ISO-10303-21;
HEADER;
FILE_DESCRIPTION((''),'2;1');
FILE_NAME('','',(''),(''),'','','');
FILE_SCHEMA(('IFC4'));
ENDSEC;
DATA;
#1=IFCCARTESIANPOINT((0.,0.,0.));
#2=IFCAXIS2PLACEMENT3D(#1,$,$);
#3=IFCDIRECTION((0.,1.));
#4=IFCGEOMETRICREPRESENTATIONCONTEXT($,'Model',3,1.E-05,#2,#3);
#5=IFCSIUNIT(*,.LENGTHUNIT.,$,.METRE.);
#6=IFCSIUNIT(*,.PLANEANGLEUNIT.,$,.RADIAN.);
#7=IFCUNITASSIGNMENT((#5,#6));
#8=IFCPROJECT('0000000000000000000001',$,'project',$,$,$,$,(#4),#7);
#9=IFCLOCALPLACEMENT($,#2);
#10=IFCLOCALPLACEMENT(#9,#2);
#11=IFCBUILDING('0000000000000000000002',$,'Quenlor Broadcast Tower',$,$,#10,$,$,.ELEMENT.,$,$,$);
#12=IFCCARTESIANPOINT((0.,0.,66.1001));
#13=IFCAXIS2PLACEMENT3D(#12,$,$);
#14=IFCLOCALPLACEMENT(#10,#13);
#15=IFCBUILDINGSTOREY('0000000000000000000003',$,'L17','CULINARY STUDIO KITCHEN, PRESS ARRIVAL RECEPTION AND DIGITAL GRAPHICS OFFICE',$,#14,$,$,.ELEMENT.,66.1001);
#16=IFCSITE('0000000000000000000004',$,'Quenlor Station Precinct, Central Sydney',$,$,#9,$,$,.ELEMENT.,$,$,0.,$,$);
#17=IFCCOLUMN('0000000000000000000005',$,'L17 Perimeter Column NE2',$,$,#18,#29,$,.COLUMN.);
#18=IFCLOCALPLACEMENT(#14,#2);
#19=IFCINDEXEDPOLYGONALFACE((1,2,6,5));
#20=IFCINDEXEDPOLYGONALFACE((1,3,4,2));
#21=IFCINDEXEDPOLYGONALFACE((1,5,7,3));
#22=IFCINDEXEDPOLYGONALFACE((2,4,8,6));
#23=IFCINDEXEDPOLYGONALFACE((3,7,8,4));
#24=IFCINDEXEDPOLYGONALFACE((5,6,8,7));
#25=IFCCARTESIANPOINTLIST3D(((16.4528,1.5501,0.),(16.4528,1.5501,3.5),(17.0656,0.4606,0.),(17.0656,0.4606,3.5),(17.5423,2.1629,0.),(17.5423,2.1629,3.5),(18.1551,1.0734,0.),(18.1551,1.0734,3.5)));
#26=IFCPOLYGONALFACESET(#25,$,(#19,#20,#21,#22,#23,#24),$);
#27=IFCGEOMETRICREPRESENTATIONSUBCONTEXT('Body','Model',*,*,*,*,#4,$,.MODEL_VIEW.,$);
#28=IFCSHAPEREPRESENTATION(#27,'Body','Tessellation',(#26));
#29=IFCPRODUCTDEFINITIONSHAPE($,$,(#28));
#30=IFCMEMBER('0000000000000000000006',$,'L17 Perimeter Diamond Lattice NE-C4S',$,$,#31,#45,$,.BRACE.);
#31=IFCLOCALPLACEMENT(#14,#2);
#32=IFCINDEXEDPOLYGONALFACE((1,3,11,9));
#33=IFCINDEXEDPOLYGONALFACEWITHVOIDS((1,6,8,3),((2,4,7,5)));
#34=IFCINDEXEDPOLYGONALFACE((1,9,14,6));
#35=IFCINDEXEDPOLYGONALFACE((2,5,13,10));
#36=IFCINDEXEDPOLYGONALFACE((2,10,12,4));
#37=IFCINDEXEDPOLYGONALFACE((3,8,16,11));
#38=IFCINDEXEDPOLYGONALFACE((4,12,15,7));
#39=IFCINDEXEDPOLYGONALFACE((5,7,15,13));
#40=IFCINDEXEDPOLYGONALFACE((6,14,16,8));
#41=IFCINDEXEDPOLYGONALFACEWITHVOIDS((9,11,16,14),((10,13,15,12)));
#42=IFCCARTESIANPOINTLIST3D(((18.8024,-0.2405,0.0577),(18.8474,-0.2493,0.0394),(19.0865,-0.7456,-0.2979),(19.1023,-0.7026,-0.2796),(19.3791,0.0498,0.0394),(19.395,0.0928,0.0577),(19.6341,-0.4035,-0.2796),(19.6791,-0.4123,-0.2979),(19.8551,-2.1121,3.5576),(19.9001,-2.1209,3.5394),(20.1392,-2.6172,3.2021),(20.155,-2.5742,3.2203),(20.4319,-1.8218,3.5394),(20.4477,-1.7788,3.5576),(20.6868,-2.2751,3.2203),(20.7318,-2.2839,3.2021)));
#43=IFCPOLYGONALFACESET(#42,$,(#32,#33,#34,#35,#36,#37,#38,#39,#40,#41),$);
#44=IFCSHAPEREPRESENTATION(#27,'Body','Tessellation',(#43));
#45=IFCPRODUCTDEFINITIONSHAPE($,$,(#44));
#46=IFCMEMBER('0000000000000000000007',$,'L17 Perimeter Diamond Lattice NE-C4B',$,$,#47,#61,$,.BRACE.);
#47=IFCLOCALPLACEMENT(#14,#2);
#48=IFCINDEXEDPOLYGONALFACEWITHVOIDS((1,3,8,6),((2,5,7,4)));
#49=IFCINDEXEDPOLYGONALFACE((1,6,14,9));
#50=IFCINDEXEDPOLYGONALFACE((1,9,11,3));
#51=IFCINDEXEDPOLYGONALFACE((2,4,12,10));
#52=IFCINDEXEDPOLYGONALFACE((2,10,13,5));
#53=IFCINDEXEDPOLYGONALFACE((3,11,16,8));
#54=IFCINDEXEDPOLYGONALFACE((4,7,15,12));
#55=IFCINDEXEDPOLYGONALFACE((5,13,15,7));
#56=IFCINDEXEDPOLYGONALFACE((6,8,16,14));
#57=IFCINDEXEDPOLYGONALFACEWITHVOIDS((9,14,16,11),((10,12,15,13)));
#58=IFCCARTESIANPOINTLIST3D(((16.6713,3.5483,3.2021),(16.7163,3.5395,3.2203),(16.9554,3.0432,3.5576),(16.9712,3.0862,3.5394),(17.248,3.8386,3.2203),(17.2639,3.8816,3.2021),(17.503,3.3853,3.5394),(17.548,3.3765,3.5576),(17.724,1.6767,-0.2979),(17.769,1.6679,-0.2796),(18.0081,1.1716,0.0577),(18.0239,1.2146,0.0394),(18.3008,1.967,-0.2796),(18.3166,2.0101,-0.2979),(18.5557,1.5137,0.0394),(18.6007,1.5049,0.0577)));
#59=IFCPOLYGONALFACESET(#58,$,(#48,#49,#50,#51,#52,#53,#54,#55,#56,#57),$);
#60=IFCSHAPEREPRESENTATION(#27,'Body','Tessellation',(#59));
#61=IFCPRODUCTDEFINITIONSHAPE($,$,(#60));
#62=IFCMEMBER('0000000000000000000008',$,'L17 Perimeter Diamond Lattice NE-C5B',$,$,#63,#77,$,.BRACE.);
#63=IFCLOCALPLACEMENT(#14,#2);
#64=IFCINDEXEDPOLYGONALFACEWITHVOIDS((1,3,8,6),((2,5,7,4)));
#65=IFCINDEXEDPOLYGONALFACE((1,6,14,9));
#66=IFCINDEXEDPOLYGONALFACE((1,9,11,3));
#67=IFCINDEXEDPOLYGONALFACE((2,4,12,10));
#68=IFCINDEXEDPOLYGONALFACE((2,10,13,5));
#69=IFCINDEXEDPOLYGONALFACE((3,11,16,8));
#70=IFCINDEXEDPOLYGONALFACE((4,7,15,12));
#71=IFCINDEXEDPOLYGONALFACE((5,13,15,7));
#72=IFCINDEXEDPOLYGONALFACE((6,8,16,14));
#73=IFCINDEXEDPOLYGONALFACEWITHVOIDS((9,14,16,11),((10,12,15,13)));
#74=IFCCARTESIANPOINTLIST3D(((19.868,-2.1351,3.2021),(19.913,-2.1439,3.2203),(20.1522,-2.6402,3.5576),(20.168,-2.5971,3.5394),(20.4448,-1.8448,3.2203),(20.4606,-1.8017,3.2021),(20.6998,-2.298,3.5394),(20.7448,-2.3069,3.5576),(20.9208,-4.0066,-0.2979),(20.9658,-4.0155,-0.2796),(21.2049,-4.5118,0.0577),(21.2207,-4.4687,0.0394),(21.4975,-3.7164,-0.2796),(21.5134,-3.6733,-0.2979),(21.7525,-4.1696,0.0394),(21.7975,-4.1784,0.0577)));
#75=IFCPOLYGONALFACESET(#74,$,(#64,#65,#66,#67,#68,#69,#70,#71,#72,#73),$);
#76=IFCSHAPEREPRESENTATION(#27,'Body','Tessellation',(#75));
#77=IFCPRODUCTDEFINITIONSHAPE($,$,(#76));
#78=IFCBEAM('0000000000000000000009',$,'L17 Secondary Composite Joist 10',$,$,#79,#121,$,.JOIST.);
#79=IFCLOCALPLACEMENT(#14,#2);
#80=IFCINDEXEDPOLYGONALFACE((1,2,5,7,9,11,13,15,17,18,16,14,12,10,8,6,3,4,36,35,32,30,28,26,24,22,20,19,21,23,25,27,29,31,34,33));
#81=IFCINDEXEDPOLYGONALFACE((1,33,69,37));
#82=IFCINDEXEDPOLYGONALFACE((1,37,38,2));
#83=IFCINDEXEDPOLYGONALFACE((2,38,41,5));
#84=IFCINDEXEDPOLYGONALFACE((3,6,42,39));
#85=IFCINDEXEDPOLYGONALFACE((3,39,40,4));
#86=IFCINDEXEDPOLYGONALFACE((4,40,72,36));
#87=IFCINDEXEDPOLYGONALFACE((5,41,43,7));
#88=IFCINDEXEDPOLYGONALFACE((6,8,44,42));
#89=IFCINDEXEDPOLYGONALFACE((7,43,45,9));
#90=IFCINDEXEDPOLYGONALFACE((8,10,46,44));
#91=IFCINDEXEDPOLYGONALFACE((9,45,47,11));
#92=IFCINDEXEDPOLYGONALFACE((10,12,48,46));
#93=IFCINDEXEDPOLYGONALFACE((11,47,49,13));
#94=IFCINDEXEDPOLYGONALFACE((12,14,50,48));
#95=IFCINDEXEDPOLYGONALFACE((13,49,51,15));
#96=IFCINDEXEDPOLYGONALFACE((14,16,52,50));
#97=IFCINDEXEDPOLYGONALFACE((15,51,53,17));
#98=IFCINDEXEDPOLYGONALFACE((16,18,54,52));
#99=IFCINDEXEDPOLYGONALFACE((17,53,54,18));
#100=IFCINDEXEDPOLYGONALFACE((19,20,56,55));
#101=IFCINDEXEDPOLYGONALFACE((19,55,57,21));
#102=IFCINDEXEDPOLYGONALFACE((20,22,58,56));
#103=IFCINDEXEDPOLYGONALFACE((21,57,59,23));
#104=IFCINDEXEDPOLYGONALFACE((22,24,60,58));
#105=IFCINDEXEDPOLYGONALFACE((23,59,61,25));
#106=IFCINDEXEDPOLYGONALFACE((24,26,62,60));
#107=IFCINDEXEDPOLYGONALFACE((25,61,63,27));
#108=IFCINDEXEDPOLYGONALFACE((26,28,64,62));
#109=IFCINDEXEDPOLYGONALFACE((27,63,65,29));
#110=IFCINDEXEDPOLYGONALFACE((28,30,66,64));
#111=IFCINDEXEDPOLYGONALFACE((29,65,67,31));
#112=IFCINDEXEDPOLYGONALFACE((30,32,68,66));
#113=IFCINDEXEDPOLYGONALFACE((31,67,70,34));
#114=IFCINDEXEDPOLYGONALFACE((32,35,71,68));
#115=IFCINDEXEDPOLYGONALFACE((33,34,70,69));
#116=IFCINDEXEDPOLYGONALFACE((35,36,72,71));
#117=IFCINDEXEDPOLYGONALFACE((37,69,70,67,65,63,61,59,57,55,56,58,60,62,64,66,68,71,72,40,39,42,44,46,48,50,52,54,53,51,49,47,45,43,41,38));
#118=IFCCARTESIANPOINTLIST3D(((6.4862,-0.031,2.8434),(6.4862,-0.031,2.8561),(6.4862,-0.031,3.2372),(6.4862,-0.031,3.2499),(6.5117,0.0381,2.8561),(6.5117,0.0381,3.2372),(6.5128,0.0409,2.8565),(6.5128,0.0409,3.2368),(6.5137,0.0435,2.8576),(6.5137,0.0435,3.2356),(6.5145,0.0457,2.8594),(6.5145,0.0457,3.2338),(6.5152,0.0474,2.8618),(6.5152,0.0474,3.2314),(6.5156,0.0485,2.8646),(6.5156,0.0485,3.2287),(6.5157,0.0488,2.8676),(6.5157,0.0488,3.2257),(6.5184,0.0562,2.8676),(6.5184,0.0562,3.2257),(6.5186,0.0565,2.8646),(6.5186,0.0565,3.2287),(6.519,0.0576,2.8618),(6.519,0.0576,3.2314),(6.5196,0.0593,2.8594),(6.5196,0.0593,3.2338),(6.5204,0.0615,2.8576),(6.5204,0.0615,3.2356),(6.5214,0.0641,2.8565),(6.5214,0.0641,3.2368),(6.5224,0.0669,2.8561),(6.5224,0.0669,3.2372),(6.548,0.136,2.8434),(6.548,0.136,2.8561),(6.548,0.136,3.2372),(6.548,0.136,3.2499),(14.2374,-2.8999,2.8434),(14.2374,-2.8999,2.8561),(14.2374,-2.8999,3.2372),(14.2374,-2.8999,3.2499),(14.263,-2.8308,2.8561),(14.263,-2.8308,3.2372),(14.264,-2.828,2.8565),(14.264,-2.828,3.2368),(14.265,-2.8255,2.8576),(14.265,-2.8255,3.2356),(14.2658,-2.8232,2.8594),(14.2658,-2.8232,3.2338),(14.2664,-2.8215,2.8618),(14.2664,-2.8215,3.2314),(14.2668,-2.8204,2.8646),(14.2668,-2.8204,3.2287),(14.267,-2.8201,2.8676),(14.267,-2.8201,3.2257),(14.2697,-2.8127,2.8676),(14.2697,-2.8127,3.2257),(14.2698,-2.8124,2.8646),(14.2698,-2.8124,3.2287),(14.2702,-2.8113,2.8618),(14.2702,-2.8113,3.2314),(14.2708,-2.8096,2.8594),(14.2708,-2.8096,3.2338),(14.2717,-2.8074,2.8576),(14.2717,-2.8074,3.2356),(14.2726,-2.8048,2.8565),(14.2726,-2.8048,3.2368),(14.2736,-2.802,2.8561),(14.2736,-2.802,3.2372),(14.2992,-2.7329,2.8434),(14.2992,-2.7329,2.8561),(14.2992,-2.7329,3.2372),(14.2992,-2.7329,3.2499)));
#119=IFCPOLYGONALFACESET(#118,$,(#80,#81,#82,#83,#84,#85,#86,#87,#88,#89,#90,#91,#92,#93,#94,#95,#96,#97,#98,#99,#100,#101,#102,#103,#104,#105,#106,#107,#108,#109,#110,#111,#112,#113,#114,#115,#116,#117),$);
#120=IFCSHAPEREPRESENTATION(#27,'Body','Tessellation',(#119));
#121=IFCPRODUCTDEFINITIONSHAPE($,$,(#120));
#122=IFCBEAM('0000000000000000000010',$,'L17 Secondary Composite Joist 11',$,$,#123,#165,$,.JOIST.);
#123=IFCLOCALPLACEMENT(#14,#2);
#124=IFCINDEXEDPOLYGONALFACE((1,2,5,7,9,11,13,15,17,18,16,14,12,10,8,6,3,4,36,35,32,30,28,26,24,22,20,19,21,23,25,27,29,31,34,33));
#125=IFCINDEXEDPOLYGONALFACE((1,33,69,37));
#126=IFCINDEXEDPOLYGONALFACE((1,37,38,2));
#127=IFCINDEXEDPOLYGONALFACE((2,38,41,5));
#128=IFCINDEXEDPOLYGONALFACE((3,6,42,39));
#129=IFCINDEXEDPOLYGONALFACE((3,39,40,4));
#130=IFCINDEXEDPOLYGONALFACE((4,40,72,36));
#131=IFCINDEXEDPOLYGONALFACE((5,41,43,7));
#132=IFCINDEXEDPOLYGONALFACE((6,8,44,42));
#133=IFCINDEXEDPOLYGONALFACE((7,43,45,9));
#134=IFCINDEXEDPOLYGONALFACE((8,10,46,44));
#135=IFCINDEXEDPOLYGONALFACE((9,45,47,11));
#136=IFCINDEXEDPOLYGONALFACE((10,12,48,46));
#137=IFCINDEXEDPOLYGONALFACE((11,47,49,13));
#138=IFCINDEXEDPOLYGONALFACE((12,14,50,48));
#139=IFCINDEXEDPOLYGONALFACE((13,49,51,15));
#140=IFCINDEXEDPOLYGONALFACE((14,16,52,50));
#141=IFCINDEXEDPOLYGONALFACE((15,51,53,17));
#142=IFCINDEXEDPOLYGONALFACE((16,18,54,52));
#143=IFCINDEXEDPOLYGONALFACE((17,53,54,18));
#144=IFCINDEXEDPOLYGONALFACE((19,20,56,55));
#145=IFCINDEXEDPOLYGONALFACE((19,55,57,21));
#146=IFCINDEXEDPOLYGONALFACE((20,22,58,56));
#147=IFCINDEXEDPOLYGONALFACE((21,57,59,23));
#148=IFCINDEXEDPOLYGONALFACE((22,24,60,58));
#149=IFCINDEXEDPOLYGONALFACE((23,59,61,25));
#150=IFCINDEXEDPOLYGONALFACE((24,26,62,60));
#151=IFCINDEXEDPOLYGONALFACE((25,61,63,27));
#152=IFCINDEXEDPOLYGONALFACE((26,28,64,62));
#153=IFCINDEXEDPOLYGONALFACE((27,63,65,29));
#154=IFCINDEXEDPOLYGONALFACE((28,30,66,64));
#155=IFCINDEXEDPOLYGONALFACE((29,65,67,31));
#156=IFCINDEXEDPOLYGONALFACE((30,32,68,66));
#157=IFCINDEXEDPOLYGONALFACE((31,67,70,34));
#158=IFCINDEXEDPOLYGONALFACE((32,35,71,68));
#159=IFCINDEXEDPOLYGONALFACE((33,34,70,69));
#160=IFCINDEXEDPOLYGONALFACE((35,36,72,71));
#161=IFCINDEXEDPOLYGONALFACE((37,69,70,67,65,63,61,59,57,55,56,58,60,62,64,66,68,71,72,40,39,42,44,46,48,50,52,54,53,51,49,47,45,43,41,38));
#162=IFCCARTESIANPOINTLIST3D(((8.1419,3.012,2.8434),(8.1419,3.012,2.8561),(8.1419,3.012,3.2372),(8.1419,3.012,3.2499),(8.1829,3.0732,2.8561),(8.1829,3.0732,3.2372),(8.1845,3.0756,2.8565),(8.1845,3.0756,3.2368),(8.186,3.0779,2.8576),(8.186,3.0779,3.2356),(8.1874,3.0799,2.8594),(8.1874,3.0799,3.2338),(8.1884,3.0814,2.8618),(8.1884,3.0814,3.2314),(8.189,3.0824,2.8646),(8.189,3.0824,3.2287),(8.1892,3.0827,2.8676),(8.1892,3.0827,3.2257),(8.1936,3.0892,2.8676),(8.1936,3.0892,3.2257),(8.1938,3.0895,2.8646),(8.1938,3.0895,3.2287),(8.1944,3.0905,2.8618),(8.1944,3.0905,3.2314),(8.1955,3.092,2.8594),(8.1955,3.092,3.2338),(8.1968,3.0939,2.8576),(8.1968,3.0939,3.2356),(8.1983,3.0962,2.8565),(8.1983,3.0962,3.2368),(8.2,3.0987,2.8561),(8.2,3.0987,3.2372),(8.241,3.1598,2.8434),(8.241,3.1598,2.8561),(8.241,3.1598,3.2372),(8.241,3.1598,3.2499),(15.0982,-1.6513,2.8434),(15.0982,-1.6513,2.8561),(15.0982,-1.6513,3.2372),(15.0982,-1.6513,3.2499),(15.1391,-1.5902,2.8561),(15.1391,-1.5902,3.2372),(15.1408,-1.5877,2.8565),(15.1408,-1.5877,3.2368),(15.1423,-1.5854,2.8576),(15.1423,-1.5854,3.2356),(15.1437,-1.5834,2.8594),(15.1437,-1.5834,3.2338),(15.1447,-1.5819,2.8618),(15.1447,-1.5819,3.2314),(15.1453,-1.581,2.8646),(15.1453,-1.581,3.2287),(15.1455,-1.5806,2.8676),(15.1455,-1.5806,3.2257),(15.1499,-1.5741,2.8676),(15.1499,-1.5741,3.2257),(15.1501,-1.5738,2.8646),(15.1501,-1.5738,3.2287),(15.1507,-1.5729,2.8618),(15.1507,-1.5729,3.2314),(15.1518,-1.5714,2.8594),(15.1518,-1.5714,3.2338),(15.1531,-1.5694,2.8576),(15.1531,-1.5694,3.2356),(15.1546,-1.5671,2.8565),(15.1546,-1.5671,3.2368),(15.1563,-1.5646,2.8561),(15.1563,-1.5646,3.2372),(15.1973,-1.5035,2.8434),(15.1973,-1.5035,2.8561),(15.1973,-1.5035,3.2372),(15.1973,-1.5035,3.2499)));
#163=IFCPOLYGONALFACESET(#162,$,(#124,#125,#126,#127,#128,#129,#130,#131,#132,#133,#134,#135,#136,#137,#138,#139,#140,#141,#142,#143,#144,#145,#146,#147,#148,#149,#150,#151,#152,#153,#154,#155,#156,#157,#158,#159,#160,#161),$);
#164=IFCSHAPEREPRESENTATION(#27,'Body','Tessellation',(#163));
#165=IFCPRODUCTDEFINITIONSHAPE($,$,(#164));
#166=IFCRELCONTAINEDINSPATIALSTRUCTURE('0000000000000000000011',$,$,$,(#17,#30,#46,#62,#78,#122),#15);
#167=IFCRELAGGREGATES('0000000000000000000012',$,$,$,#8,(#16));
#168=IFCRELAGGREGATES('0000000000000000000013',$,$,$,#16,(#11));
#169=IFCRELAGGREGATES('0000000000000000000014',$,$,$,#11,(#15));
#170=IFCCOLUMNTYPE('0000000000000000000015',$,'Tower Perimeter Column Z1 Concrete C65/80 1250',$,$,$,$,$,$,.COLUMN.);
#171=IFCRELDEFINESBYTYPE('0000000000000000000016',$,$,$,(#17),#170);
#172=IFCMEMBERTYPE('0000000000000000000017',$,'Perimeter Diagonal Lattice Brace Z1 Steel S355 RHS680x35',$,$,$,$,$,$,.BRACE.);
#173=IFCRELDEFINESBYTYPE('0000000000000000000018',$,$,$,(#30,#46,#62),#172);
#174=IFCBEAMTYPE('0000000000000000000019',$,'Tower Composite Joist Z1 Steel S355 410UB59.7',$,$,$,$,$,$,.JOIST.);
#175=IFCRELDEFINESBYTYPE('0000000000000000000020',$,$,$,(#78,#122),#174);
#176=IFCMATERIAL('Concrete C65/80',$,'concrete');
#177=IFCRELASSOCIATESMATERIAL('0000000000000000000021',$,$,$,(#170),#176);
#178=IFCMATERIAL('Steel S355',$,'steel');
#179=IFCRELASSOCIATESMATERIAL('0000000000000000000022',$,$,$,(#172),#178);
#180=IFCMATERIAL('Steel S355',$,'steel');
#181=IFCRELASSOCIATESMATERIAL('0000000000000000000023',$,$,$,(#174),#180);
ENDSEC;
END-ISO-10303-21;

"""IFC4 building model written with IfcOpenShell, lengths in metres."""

from ifc_helpers import new_model, si_unit, direction, frame, origin, origin_2d, place, context, subcontext, project, spatial, rectangle, hollow_rectangle, i_section, extrude, material, material_profile, profile_set, type_object, element, save


model = new_model("IFC4")

# Units and contexts
model_context = context("Model", 3, precision=1e-05, world=origin(), true_north=direction((0.0, 1.0)))
body_context = subcontext(model_context, "Body", "Model", "MODEL_VIEW")
ifc_project = project(units=[si_unit("LENGTHUNIT", "METRE"), si_unit("PLANEANGLEUNIT", "RADIAN")], contexts=[model_context])

# Site, building, storey
site_placement = place(None, origin())
site = spatial("IfcSite", under=ifc_project, at=site_placement, Name="Quenlor Station Precinct, Central Sydney", CompositionType="ELEMENT", RefElevation=0.0)
building_placement = place(site_placement, origin())
building = spatial("IfcBuilding", under=site, at=building_placement, Name="Quenlor Broadcast Tower", CompositionType="ELEMENT")
storey_placement = place(building_placement, frame((0.0, 0.0, 66.1001)))
storey = spatial("IfcBuildingStorey", under=building, at=storey_placement, Name="L17", Description="CULINARY STUDIO KITCHEN, PRESS ARRIVAL RECEPTION AND DIGITAL GRAPHICS OFFICE", CompositionType="ELEMENT", Elevation=66.1001)

# Column
ifc_material_1 = material(Name="Concrete C65/80", Category="concrete")
ifc_material_profile_1 = material_profile(ifc_material_1, rectangle(XDim=1.25, YDim=1.25, at=origin_2d()))
ifc_profile_set_1 = profile_set([ifc_material_profile_1], Name="Concrete C65/80 RC1250x1250")
column_type = type_object("IfcColumnType", Name="Tower Perimeter Column Z1 Concrete C65/80 1250", PredefinedType="COLUMN", material=ifc_profile_set_1)
column_placement = place(storey_placement, frame((17.304, 1.3118, 0.0), z_axis=(0.0, 0.0, 1.0), x_axis=(0.871575, 0.490262, 0.0)))
element("IfcColumn", 1, at=column_placement, inside=storey, type_object=column_type, Name="L17 Perimeter Column NE2", PredefinedType="COLUMN", context=body_context, shape_type="SweptSolid", body=[
    extrude(rectangle(XDim=1.25, YDim=1.25, at=origin_2d()), origin(), (0.0, 0.0, 1.0), 3.5),
])

# Members
ifc_material_2 = material(Name="Steel S355", Category="steel")
ifc_material_profile_2 = material_profile(ifc_material_2, hollow_rectangle(XDim=0.6799, YDim=0.6799, WallThickness=0.0349, at=origin_2d()))
ifc_profile_set_2 = profile_set([ifc_material_profile_2], Name="Steel S355 RHS680x680x35")
member_type = type_object("IfcMemberType", Name="Perimeter Diagonal Lattice Brace Z1 Steel S355 RHS680x35", PredefinedType="BRACE", material=ifc_profile_set_2)
for number, where, z_axis, x_axis, name in (
    (2, (19.2407, -0.3264, -0.1201), (0.256375, -0.455792, 0.852365), (0.871582, 0.49025, 0.0), "L17 Perimeter Diamond Lattice NE-C4S"),
    (3, (18.1624, 1.5908, -0.1201), (-0.256375, 0.455792, 0.852365), (-0.871582, -0.49025, 0.0), "L17 Perimeter Diamond Lattice NE-C4B"),
    (4, (21.3591, -4.0925, -0.1201), (-0.256375, 0.455792, 0.852365), (-0.871582, -0.49025, 0.0), "L17 Perimeter Diamond Lattice NE-C5B"),
):
    element("IfcMember", number, at=place(storey_placement, frame(where, z_axis=z_axis, x_axis=x_axis)), inside=storey, type_object=member_type, Name=name, PredefinedType="BRACE", context=body_context, shape_type="SweptSolid", body=[
        extrude(hollow_rectangle(XDim=0.6799, YDim=0.6799, WallThickness=0.0349, at=origin_2d()), origin(), (0.0, 0.0, 1.0), 4.1062),
    ])

# Beams
ifc_material_3 = material(Name="Steel S355", Category="steel")
ifc_material_profile_3 = material_profile(ifc_material_3, i_section(OverallWidth=0.178, OverallDepth=0.4065, WebThickness=0.0078, FlangeThickness=0.0127, FilletRadius=0.0115, at=origin_2d()))
ifc_profile_set_3 = profile_set([ifc_material_profile_3], Name="Steel S355 410UB59.7")
beam_type_1 = type_object("IfcBeamType", Name="Tower Composite Joist Z1 Steel S355 410UB59.7", PredefinedType="JOIST", material=ifc_profile_set_3)
beam_1_placement = place(storey_placement, frame((14.2683, -2.8164, 3.0466), z_axis=(-0.937825, 0.347109, 0.0), x_axis=(-0.347109, -0.937825, 0.0)))
element("IfcBeam", 5, at=beam_1_placement, inside=storey, type_object=beam_type_1, Name="L17 Secondary Composite Joist 10", PredefinedType="JOIST", context=body_context, shape_type="SweptSolid", body=[
    extrude(i_section(OverallWidth=0.178, OverallDepth=0.4065, WebThickness=0.0078, FlangeThickness=0.0127, FilletRadius=0.0115, at=origin_2d()), origin(), (0.0, 0.0, 1.0), 8.2651),
])
beam_2_placement = place(storey_placement, frame((15.1477, -1.5774, 3.0466), z_axis=(-0.830626, 0.556831, 0.0), x_axis=(-0.556831, -0.830626, 0.0)))
element("IfcBeam", 6, at=beam_2_placement, inside=storey, type_object=beam_type_1, Name="L17 Secondary Composite Joist 11", PredefinedType="JOIST", context=body_context, shape_type="SweptSolid", body=[
    extrude(i_section(OverallWidth=0.178, OverallDepth=0.4065, WebThickness=0.0078, FlangeThickness=0.0127, FilletRadius=0.0115, at=origin_2d()), origin(), (0.0, 0.0, 1.0), 8.3748),
])

save(model, "model.ifc")
